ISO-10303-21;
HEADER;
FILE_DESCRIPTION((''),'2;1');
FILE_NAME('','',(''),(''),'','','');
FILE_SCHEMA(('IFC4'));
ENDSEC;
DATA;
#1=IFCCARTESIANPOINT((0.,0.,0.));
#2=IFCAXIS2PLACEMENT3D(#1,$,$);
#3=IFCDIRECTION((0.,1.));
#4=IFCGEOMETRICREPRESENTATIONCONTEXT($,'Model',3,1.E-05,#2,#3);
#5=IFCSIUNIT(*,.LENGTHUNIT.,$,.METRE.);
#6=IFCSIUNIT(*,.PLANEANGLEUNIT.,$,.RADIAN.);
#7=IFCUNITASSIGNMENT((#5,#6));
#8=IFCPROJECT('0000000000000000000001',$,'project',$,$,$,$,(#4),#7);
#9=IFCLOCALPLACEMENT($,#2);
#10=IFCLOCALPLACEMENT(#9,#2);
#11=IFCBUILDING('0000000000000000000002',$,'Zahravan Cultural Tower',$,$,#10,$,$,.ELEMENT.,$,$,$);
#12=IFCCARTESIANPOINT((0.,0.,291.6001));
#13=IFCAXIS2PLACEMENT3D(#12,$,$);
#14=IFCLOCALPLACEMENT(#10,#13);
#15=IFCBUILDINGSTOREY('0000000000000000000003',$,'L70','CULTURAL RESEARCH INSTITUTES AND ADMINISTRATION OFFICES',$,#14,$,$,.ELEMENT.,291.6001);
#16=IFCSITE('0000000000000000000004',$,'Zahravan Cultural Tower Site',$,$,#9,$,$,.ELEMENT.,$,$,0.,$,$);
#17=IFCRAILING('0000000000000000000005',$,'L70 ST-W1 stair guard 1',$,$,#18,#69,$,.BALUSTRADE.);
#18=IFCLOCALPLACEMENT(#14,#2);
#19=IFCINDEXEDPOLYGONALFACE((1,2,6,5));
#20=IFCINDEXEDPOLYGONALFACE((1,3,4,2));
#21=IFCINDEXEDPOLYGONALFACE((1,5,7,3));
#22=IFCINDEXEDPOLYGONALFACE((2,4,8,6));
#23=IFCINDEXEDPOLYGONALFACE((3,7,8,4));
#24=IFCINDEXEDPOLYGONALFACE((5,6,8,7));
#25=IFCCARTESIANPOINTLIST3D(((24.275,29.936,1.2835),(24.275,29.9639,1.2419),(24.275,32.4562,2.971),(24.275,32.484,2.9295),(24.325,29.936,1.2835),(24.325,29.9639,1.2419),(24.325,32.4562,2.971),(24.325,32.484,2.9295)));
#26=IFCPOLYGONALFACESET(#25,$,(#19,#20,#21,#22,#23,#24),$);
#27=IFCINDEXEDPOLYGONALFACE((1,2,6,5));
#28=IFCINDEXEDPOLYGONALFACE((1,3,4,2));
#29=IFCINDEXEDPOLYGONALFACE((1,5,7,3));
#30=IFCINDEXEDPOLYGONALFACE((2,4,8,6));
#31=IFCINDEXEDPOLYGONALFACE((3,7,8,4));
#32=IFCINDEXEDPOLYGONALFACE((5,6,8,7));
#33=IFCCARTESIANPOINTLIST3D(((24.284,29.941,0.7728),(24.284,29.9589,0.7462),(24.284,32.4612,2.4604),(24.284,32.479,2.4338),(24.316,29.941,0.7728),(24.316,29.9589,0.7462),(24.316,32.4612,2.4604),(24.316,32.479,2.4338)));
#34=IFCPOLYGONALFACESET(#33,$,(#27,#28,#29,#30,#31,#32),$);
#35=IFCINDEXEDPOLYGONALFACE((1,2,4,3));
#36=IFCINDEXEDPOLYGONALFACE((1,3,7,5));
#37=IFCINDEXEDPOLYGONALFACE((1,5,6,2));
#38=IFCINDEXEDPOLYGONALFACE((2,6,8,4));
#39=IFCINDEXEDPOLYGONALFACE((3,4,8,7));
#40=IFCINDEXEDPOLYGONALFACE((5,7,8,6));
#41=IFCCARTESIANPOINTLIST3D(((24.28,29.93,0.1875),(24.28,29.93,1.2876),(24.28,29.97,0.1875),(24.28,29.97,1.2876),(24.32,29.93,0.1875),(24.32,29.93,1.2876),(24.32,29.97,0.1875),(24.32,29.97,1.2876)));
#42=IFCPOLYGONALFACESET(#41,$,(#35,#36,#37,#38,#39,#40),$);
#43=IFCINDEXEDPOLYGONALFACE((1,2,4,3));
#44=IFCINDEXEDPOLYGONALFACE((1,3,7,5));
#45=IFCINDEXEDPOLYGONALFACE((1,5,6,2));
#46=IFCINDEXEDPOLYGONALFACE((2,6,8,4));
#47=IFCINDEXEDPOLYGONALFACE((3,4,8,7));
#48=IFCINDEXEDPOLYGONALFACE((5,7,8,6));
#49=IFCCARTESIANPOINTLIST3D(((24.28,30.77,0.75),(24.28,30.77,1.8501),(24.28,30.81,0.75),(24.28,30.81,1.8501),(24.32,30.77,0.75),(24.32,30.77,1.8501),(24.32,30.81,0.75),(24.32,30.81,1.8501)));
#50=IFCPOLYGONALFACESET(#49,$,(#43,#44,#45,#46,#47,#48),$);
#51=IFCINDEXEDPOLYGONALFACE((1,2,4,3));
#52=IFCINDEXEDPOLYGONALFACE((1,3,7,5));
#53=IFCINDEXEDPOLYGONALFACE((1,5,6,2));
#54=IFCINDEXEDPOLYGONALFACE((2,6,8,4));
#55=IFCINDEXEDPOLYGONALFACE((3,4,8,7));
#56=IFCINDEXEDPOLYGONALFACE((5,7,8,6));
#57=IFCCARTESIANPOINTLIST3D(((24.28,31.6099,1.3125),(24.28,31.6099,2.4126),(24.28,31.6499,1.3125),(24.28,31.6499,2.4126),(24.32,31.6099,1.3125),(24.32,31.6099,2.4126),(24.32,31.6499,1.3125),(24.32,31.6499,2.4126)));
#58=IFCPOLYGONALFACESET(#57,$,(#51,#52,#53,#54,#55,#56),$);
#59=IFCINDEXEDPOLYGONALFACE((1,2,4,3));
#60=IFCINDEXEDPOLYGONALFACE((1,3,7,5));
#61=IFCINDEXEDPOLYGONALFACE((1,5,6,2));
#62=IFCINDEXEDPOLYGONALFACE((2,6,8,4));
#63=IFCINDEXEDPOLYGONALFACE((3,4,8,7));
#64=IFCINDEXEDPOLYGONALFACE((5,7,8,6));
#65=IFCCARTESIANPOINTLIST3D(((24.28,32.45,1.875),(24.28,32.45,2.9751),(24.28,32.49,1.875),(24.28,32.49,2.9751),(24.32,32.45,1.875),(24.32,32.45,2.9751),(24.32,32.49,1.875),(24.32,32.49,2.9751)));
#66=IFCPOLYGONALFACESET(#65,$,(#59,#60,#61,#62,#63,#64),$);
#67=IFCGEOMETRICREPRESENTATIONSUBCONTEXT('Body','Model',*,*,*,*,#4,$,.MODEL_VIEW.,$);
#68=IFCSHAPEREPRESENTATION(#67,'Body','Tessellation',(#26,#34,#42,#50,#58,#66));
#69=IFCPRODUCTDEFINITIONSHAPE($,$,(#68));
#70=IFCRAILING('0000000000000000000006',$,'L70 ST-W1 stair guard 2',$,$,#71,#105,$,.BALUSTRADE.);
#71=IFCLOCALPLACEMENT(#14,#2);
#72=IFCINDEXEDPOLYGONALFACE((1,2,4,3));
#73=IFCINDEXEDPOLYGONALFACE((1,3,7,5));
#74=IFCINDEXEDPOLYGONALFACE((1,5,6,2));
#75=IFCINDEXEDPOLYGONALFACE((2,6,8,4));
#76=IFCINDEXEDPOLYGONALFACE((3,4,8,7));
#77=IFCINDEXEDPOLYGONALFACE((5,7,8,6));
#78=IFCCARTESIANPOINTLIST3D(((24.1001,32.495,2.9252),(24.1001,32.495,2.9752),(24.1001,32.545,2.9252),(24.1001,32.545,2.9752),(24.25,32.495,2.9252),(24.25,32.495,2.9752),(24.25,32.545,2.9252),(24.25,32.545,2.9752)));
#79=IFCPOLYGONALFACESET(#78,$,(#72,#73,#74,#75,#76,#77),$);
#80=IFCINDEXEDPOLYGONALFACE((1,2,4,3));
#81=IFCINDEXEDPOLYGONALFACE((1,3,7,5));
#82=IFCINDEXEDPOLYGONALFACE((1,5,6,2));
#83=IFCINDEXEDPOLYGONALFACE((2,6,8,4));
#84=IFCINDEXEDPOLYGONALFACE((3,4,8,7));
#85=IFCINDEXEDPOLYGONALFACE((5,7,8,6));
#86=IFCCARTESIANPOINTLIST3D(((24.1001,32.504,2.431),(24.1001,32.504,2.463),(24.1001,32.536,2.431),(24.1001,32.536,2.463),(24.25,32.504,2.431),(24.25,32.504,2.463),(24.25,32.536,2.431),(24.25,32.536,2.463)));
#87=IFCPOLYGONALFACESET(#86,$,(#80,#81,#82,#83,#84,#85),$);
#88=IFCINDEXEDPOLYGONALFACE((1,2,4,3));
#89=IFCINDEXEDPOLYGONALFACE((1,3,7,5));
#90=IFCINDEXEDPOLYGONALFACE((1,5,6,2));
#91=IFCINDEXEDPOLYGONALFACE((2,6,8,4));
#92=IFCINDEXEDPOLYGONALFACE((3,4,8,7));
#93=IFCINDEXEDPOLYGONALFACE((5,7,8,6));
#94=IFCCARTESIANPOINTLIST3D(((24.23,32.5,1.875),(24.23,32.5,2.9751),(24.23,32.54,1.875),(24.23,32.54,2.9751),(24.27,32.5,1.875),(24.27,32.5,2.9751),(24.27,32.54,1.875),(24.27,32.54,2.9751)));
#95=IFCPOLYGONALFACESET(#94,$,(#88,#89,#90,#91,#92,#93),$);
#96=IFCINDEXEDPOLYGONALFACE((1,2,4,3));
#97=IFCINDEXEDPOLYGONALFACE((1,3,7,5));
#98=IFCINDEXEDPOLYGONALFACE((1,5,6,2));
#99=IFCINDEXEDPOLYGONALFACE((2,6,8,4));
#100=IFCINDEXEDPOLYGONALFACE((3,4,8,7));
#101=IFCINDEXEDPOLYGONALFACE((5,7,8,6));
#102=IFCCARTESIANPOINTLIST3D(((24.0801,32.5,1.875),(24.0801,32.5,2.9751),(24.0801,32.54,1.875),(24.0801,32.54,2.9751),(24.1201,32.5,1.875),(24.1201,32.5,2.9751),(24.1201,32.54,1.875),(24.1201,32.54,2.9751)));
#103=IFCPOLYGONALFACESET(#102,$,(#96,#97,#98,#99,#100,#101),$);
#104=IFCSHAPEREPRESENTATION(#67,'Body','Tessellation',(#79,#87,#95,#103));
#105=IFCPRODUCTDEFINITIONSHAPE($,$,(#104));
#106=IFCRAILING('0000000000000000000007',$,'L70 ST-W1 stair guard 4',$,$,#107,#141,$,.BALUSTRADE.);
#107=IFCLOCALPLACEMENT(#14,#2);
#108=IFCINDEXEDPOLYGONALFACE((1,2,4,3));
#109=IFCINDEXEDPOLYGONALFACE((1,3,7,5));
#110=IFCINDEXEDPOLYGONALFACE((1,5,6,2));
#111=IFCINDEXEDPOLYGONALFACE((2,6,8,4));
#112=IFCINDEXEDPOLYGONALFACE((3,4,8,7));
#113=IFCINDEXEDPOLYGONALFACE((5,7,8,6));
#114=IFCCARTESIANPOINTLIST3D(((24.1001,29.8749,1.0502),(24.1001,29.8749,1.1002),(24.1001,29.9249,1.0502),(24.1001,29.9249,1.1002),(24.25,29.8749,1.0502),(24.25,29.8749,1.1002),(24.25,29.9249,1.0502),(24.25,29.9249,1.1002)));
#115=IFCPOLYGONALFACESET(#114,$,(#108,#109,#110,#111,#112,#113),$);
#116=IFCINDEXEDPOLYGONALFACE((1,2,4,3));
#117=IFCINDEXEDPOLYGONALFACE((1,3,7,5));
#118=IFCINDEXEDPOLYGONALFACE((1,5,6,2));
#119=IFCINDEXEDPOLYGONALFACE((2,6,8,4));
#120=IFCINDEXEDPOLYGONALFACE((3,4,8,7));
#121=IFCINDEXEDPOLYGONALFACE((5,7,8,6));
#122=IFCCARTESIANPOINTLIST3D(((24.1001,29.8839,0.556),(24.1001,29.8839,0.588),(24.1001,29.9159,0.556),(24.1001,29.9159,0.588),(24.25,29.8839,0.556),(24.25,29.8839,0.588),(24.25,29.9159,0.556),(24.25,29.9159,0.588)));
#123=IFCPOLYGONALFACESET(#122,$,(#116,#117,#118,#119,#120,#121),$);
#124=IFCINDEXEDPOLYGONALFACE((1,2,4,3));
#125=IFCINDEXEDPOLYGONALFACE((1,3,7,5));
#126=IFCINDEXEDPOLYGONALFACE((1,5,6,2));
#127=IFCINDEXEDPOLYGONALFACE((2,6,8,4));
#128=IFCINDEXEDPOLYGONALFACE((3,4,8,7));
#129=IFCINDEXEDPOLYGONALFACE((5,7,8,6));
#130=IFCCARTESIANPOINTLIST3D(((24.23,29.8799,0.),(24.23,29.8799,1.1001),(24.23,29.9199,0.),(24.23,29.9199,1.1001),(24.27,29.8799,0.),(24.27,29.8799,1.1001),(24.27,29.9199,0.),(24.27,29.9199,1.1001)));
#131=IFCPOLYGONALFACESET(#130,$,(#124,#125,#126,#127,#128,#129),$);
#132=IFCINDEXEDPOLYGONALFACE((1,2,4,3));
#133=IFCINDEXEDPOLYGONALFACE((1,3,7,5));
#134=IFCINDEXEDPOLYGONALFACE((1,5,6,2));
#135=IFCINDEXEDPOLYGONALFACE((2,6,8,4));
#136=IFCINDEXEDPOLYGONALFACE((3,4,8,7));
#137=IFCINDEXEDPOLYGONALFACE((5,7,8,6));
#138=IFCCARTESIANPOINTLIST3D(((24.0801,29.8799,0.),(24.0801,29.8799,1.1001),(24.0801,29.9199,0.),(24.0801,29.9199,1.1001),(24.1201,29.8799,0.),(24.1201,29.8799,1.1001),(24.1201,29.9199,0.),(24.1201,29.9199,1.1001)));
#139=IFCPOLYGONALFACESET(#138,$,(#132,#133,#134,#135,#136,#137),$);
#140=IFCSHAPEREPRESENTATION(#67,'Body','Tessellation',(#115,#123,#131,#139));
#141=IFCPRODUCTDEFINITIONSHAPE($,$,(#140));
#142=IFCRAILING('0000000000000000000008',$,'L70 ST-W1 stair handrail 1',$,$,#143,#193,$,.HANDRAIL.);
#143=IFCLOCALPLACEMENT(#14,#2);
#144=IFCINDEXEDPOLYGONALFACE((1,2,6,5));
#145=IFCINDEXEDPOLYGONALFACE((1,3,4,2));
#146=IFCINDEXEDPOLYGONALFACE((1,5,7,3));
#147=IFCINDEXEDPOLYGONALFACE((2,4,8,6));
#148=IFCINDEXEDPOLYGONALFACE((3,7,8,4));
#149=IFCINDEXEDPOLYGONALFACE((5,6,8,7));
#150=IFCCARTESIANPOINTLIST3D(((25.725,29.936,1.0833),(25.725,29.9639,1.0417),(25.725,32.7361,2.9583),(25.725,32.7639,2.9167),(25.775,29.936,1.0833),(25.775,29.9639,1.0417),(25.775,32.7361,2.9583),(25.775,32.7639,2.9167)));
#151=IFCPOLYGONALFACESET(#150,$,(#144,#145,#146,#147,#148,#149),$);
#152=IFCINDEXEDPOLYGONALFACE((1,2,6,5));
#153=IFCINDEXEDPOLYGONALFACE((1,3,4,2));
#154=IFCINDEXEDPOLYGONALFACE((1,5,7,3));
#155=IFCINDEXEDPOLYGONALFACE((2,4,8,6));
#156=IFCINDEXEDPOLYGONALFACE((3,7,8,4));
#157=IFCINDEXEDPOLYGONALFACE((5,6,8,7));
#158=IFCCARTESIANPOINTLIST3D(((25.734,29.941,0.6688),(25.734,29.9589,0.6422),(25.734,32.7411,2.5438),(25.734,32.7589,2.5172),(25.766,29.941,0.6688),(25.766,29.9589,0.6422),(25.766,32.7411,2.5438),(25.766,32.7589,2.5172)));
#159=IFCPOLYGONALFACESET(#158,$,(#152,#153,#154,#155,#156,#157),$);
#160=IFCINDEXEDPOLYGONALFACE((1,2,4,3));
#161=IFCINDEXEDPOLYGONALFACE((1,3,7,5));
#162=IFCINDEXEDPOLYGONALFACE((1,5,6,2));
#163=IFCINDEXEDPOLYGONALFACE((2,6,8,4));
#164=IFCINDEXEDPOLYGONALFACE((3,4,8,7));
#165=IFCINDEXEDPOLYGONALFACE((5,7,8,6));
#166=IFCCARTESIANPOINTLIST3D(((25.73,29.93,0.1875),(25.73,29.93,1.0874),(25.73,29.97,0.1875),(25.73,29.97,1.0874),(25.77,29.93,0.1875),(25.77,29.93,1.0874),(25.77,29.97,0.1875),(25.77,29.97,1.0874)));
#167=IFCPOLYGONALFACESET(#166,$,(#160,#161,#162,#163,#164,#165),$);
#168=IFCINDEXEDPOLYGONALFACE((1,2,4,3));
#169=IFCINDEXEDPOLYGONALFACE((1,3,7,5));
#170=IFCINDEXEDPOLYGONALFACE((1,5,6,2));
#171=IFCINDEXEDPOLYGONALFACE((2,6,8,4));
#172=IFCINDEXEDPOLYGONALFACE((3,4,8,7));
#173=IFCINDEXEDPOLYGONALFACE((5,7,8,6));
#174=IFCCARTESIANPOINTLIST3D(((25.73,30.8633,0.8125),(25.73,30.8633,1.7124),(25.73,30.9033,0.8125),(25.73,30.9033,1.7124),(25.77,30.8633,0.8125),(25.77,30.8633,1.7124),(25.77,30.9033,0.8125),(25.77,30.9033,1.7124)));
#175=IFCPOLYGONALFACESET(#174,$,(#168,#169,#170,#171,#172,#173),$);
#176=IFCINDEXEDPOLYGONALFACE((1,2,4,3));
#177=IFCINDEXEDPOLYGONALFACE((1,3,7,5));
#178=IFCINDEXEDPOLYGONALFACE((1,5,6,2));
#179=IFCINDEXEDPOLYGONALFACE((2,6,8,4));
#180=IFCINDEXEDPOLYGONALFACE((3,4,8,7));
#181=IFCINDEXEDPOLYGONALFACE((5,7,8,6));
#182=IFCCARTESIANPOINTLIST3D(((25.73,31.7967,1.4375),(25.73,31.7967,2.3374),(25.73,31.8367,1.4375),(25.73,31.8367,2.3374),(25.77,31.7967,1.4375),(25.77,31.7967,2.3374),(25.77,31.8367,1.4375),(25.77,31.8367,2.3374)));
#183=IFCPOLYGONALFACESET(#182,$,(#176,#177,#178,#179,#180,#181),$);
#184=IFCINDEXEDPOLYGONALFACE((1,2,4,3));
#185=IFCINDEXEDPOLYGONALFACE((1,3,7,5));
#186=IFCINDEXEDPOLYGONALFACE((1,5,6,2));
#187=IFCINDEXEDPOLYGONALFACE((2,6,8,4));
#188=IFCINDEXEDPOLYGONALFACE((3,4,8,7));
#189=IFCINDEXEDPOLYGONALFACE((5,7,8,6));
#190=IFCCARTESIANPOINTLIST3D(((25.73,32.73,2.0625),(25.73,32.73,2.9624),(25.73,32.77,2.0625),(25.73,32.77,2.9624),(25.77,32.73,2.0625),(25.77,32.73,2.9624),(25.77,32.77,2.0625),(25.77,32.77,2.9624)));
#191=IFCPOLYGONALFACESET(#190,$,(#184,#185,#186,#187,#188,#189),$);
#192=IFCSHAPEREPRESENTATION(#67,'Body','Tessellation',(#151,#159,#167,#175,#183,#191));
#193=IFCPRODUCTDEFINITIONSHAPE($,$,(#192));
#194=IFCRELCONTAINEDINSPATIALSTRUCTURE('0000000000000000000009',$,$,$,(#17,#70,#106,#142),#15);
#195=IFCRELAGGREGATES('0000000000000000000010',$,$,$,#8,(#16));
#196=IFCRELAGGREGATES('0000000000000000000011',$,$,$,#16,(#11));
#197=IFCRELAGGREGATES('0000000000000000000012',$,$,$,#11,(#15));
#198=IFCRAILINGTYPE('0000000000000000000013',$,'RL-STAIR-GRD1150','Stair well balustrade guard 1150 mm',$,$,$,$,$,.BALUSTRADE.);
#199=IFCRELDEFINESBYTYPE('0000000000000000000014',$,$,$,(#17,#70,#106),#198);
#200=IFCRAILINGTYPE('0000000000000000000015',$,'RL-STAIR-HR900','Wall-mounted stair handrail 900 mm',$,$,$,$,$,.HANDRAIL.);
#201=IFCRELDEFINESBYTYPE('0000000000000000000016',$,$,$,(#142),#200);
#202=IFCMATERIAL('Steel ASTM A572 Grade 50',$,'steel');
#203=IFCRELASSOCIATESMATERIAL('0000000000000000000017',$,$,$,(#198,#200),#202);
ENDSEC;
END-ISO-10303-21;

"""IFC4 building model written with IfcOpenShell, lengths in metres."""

from ifc_helpers import new_model, si_unit, direction, frame, origin, origin_2d, place, context, subcontext, project, spatial, rectangle, extrude, material, type_object, element, save


model = new_model("IFC4")

# Units and contexts
model_context = context("Model", 3, precision=1e-05, world=origin(), true_north=direction((0.0, 1.0)))
body_context = subcontext(model_context, "Body", "Model", "MODEL_VIEW")
ifc_project = project(units=[si_unit("LENGTHUNIT", "METRE"), si_unit("PLANEANGLEUNIT", "RADIAN")], contexts=[model_context])

# Site, building, storey
site_placement = place(None, origin())
site = spatial("IfcSite", under=ifc_project, at=site_placement, Name="Zahravan Cultural Tower Site", CompositionType="ELEMENT", RefElevation=0.0)
building_placement = place(site_placement, origin())
building = spatial("IfcBuilding", under=site, at=building_placement, Name="Zahravan Cultural Tower", CompositionType="ELEMENT")
storey_placement = place(building_placement, frame((0.0, 0.0, 291.6001)))
storey = spatial("IfcBuildingStorey", under=building, at=storey_placement, Name="L70", Description="CULTURAL RESEARCH INSTITUTES AND ADMINISTRATION OFFICES", CompositionType="ELEMENT", Elevation=291.6001)

# Shared definitions
ifc_material_1 = material(Name="Steel ASTM A572 Grade 50", Category="steel")

# Railings
railing_type_1 = type_object("IfcRailingType", Name="RL-STAIR-GRD1150", Description="Stair well balustrade guard 1150 mm", PredefinedType="BALUSTRADE", material=ifc_material_1)
railing_1_placement = place(storey_placement, frame((24.3, 29.95, 0.1875)))
element("IfcRailing", 1, at=railing_1_placement, inside=storey, type_object=railing_type_1, Name="L70 ST-W1 stair guard 1", PredefinedType="BALUSTRADE", context=body_context, shape_type="SweptSolid", body=[
    extrude(rectangle(XDim=0.05, YDim=0.05, at=origin_2d()), frame((0.0, 0.0, 1.0752), z_axis=(0.0, 0.830909, 0.556408), x_axis=(-1.0, 0.0, 0.0)), (0.0, 0.0, 1.0), 3.033),
    extrude(rectangle(XDim=0.032, YDim=0.032, at=origin_2d()), frame((0.0, 0.0, 0.572), z_axis=(0.0, 0.830909, 0.556408), x_axis=(-1.0, 0.0, 0.0)), (0.0, 0.0, 1.0), 3.033),
    extrude(rectangle(XDim=0.04, YDim=0.04, at=origin_2d()), origin(), (0.0, 0.0, 1.0), 1.1001),
    extrude(rectangle(XDim=0.04, YDim=0.04, at=origin_2d()), frame((0.0, 0.8401, 0.5625)), (0.0, 0.0, 1.0), 1.1001),
    extrude(rectangle(XDim=0.04, YDim=0.04, at=origin_2d()), frame((0.0, 1.6799, 1.125)), (0.0, 0.0, 1.0), 1.1001),
    extrude(rectangle(XDim=0.04, YDim=0.04, at=origin_2d()), frame((0.0, 2.52, 1.6875)), (0.0, 0.0, 1.0), 1.1001),
])
for number, where, name in (
    (2, (24.25, 32.52, 1.875), "L70 ST-W1 stair guard 2"),
    (3, (24.25, 29.8999, 0.0), "L70 ST-W1 stair guard 4"),
):
    element("IfcRailing", number, at=place(storey_placement, frame(where)), inside=storey, type_object=railing_type_1, Name=name, PredefinedType="BALUSTRADE", context=body_context, shape_type="SweptSolid", body=[
        extrude(rectangle(XDim=0.05, YDim=0.05, at=origin_2d()), frame((0.0, 0.0, 1.0752), z_axis=(-1.0, 0.0, 0.0), x_axis=(0.0, -1.0, 0.0)), (0.0, 0.0, 1.0), 0.1499),
        extrude(rectangle(XDim=0.032, YDim=0.032, at=origin_2d()), frame((0.0, 0.0, 0.572), z_axis=(-1.0, 0.0, 0.0), x_axis=(0.0, -1.0, 0.0)), (0.0, 0.0, 1.0), 0.1499),
        extrude(rectangle(XDim=0.04, YDim=0.04, at=origin_2d()), origin(), (0.0, 0.0, 1.0), 1.1001),
        extrude(rectangle(XDim=0.04, YDim=0.04, at=origin_2d()), frame((-0.1499, 0.0, 0.0)), (0.0, 0.0, 1.0), 1.1001),
    ])
railing_type_2 = type_object("IfcRailingType", Name="RL-STAIR-HR900", Description="Wall-mounted stair handrail 900 mm", PredefinedType="HANDRAIL", material=ifc_material_1)
railing_2_placement = place(storey_placement, frame((25.75, 29.95, 0.1875)))
element("IfcRailing", 4, at=railing_2_placement, inside=storey, type_object=railing_type_2, Name="L70 ST-W1 stair handrail 1", PredefinedType="HANDRAIL", context=body_context, shape_type="SweptSolid", body=[
    extrude(rectangle(XDim=0.05, YDim=0.05, at=origin_2d()), frame((0.0, 0.0, 0.875), z_axis=(0.0, 0.830912, 0.556404), x_axis=(-1.0, 0.0, 0.0)), (0.0, 0.0, 1.0), 3.3699),
    extrude(rectangle(XDim=0.032, YDim=0.032, at=origin_2d()), frame((0.0, 0.0, 0.468), z_axis=(0.0, 0.830912, 0.556404), x_axis=(-1.0, 0.0, 0.0)), (0.0, 0.0, 1.0), 3.3699),
    extrude(rectangle(XDim=0.04, YDim=0.04, at=origin_2d()), origin(), (0.0, 0.0, 1.0), 0.8999),
    extrude(rectangle(XDim=0.04, YDim=0.04, at=origin_2d()), frame((0.0, 0.9333, 0.625)), (0.0, 0.0, 1.0), 0.8999),
    extrude(rectangle(XDim=0.04, YDim=0.04, at=origin_2d()), frame((0.0, 1.8667, 1.25)), (0.0, 0.0, 1.0), 0.8999),
    extrude(rectangle(XDim=0.04, YDim=0.04, at=origin_2d()), frame((0.0, 2.8, 1.875)), (0.0, 0.0, 1.0), 0.8999),
])

save(model, "model.ifc")
